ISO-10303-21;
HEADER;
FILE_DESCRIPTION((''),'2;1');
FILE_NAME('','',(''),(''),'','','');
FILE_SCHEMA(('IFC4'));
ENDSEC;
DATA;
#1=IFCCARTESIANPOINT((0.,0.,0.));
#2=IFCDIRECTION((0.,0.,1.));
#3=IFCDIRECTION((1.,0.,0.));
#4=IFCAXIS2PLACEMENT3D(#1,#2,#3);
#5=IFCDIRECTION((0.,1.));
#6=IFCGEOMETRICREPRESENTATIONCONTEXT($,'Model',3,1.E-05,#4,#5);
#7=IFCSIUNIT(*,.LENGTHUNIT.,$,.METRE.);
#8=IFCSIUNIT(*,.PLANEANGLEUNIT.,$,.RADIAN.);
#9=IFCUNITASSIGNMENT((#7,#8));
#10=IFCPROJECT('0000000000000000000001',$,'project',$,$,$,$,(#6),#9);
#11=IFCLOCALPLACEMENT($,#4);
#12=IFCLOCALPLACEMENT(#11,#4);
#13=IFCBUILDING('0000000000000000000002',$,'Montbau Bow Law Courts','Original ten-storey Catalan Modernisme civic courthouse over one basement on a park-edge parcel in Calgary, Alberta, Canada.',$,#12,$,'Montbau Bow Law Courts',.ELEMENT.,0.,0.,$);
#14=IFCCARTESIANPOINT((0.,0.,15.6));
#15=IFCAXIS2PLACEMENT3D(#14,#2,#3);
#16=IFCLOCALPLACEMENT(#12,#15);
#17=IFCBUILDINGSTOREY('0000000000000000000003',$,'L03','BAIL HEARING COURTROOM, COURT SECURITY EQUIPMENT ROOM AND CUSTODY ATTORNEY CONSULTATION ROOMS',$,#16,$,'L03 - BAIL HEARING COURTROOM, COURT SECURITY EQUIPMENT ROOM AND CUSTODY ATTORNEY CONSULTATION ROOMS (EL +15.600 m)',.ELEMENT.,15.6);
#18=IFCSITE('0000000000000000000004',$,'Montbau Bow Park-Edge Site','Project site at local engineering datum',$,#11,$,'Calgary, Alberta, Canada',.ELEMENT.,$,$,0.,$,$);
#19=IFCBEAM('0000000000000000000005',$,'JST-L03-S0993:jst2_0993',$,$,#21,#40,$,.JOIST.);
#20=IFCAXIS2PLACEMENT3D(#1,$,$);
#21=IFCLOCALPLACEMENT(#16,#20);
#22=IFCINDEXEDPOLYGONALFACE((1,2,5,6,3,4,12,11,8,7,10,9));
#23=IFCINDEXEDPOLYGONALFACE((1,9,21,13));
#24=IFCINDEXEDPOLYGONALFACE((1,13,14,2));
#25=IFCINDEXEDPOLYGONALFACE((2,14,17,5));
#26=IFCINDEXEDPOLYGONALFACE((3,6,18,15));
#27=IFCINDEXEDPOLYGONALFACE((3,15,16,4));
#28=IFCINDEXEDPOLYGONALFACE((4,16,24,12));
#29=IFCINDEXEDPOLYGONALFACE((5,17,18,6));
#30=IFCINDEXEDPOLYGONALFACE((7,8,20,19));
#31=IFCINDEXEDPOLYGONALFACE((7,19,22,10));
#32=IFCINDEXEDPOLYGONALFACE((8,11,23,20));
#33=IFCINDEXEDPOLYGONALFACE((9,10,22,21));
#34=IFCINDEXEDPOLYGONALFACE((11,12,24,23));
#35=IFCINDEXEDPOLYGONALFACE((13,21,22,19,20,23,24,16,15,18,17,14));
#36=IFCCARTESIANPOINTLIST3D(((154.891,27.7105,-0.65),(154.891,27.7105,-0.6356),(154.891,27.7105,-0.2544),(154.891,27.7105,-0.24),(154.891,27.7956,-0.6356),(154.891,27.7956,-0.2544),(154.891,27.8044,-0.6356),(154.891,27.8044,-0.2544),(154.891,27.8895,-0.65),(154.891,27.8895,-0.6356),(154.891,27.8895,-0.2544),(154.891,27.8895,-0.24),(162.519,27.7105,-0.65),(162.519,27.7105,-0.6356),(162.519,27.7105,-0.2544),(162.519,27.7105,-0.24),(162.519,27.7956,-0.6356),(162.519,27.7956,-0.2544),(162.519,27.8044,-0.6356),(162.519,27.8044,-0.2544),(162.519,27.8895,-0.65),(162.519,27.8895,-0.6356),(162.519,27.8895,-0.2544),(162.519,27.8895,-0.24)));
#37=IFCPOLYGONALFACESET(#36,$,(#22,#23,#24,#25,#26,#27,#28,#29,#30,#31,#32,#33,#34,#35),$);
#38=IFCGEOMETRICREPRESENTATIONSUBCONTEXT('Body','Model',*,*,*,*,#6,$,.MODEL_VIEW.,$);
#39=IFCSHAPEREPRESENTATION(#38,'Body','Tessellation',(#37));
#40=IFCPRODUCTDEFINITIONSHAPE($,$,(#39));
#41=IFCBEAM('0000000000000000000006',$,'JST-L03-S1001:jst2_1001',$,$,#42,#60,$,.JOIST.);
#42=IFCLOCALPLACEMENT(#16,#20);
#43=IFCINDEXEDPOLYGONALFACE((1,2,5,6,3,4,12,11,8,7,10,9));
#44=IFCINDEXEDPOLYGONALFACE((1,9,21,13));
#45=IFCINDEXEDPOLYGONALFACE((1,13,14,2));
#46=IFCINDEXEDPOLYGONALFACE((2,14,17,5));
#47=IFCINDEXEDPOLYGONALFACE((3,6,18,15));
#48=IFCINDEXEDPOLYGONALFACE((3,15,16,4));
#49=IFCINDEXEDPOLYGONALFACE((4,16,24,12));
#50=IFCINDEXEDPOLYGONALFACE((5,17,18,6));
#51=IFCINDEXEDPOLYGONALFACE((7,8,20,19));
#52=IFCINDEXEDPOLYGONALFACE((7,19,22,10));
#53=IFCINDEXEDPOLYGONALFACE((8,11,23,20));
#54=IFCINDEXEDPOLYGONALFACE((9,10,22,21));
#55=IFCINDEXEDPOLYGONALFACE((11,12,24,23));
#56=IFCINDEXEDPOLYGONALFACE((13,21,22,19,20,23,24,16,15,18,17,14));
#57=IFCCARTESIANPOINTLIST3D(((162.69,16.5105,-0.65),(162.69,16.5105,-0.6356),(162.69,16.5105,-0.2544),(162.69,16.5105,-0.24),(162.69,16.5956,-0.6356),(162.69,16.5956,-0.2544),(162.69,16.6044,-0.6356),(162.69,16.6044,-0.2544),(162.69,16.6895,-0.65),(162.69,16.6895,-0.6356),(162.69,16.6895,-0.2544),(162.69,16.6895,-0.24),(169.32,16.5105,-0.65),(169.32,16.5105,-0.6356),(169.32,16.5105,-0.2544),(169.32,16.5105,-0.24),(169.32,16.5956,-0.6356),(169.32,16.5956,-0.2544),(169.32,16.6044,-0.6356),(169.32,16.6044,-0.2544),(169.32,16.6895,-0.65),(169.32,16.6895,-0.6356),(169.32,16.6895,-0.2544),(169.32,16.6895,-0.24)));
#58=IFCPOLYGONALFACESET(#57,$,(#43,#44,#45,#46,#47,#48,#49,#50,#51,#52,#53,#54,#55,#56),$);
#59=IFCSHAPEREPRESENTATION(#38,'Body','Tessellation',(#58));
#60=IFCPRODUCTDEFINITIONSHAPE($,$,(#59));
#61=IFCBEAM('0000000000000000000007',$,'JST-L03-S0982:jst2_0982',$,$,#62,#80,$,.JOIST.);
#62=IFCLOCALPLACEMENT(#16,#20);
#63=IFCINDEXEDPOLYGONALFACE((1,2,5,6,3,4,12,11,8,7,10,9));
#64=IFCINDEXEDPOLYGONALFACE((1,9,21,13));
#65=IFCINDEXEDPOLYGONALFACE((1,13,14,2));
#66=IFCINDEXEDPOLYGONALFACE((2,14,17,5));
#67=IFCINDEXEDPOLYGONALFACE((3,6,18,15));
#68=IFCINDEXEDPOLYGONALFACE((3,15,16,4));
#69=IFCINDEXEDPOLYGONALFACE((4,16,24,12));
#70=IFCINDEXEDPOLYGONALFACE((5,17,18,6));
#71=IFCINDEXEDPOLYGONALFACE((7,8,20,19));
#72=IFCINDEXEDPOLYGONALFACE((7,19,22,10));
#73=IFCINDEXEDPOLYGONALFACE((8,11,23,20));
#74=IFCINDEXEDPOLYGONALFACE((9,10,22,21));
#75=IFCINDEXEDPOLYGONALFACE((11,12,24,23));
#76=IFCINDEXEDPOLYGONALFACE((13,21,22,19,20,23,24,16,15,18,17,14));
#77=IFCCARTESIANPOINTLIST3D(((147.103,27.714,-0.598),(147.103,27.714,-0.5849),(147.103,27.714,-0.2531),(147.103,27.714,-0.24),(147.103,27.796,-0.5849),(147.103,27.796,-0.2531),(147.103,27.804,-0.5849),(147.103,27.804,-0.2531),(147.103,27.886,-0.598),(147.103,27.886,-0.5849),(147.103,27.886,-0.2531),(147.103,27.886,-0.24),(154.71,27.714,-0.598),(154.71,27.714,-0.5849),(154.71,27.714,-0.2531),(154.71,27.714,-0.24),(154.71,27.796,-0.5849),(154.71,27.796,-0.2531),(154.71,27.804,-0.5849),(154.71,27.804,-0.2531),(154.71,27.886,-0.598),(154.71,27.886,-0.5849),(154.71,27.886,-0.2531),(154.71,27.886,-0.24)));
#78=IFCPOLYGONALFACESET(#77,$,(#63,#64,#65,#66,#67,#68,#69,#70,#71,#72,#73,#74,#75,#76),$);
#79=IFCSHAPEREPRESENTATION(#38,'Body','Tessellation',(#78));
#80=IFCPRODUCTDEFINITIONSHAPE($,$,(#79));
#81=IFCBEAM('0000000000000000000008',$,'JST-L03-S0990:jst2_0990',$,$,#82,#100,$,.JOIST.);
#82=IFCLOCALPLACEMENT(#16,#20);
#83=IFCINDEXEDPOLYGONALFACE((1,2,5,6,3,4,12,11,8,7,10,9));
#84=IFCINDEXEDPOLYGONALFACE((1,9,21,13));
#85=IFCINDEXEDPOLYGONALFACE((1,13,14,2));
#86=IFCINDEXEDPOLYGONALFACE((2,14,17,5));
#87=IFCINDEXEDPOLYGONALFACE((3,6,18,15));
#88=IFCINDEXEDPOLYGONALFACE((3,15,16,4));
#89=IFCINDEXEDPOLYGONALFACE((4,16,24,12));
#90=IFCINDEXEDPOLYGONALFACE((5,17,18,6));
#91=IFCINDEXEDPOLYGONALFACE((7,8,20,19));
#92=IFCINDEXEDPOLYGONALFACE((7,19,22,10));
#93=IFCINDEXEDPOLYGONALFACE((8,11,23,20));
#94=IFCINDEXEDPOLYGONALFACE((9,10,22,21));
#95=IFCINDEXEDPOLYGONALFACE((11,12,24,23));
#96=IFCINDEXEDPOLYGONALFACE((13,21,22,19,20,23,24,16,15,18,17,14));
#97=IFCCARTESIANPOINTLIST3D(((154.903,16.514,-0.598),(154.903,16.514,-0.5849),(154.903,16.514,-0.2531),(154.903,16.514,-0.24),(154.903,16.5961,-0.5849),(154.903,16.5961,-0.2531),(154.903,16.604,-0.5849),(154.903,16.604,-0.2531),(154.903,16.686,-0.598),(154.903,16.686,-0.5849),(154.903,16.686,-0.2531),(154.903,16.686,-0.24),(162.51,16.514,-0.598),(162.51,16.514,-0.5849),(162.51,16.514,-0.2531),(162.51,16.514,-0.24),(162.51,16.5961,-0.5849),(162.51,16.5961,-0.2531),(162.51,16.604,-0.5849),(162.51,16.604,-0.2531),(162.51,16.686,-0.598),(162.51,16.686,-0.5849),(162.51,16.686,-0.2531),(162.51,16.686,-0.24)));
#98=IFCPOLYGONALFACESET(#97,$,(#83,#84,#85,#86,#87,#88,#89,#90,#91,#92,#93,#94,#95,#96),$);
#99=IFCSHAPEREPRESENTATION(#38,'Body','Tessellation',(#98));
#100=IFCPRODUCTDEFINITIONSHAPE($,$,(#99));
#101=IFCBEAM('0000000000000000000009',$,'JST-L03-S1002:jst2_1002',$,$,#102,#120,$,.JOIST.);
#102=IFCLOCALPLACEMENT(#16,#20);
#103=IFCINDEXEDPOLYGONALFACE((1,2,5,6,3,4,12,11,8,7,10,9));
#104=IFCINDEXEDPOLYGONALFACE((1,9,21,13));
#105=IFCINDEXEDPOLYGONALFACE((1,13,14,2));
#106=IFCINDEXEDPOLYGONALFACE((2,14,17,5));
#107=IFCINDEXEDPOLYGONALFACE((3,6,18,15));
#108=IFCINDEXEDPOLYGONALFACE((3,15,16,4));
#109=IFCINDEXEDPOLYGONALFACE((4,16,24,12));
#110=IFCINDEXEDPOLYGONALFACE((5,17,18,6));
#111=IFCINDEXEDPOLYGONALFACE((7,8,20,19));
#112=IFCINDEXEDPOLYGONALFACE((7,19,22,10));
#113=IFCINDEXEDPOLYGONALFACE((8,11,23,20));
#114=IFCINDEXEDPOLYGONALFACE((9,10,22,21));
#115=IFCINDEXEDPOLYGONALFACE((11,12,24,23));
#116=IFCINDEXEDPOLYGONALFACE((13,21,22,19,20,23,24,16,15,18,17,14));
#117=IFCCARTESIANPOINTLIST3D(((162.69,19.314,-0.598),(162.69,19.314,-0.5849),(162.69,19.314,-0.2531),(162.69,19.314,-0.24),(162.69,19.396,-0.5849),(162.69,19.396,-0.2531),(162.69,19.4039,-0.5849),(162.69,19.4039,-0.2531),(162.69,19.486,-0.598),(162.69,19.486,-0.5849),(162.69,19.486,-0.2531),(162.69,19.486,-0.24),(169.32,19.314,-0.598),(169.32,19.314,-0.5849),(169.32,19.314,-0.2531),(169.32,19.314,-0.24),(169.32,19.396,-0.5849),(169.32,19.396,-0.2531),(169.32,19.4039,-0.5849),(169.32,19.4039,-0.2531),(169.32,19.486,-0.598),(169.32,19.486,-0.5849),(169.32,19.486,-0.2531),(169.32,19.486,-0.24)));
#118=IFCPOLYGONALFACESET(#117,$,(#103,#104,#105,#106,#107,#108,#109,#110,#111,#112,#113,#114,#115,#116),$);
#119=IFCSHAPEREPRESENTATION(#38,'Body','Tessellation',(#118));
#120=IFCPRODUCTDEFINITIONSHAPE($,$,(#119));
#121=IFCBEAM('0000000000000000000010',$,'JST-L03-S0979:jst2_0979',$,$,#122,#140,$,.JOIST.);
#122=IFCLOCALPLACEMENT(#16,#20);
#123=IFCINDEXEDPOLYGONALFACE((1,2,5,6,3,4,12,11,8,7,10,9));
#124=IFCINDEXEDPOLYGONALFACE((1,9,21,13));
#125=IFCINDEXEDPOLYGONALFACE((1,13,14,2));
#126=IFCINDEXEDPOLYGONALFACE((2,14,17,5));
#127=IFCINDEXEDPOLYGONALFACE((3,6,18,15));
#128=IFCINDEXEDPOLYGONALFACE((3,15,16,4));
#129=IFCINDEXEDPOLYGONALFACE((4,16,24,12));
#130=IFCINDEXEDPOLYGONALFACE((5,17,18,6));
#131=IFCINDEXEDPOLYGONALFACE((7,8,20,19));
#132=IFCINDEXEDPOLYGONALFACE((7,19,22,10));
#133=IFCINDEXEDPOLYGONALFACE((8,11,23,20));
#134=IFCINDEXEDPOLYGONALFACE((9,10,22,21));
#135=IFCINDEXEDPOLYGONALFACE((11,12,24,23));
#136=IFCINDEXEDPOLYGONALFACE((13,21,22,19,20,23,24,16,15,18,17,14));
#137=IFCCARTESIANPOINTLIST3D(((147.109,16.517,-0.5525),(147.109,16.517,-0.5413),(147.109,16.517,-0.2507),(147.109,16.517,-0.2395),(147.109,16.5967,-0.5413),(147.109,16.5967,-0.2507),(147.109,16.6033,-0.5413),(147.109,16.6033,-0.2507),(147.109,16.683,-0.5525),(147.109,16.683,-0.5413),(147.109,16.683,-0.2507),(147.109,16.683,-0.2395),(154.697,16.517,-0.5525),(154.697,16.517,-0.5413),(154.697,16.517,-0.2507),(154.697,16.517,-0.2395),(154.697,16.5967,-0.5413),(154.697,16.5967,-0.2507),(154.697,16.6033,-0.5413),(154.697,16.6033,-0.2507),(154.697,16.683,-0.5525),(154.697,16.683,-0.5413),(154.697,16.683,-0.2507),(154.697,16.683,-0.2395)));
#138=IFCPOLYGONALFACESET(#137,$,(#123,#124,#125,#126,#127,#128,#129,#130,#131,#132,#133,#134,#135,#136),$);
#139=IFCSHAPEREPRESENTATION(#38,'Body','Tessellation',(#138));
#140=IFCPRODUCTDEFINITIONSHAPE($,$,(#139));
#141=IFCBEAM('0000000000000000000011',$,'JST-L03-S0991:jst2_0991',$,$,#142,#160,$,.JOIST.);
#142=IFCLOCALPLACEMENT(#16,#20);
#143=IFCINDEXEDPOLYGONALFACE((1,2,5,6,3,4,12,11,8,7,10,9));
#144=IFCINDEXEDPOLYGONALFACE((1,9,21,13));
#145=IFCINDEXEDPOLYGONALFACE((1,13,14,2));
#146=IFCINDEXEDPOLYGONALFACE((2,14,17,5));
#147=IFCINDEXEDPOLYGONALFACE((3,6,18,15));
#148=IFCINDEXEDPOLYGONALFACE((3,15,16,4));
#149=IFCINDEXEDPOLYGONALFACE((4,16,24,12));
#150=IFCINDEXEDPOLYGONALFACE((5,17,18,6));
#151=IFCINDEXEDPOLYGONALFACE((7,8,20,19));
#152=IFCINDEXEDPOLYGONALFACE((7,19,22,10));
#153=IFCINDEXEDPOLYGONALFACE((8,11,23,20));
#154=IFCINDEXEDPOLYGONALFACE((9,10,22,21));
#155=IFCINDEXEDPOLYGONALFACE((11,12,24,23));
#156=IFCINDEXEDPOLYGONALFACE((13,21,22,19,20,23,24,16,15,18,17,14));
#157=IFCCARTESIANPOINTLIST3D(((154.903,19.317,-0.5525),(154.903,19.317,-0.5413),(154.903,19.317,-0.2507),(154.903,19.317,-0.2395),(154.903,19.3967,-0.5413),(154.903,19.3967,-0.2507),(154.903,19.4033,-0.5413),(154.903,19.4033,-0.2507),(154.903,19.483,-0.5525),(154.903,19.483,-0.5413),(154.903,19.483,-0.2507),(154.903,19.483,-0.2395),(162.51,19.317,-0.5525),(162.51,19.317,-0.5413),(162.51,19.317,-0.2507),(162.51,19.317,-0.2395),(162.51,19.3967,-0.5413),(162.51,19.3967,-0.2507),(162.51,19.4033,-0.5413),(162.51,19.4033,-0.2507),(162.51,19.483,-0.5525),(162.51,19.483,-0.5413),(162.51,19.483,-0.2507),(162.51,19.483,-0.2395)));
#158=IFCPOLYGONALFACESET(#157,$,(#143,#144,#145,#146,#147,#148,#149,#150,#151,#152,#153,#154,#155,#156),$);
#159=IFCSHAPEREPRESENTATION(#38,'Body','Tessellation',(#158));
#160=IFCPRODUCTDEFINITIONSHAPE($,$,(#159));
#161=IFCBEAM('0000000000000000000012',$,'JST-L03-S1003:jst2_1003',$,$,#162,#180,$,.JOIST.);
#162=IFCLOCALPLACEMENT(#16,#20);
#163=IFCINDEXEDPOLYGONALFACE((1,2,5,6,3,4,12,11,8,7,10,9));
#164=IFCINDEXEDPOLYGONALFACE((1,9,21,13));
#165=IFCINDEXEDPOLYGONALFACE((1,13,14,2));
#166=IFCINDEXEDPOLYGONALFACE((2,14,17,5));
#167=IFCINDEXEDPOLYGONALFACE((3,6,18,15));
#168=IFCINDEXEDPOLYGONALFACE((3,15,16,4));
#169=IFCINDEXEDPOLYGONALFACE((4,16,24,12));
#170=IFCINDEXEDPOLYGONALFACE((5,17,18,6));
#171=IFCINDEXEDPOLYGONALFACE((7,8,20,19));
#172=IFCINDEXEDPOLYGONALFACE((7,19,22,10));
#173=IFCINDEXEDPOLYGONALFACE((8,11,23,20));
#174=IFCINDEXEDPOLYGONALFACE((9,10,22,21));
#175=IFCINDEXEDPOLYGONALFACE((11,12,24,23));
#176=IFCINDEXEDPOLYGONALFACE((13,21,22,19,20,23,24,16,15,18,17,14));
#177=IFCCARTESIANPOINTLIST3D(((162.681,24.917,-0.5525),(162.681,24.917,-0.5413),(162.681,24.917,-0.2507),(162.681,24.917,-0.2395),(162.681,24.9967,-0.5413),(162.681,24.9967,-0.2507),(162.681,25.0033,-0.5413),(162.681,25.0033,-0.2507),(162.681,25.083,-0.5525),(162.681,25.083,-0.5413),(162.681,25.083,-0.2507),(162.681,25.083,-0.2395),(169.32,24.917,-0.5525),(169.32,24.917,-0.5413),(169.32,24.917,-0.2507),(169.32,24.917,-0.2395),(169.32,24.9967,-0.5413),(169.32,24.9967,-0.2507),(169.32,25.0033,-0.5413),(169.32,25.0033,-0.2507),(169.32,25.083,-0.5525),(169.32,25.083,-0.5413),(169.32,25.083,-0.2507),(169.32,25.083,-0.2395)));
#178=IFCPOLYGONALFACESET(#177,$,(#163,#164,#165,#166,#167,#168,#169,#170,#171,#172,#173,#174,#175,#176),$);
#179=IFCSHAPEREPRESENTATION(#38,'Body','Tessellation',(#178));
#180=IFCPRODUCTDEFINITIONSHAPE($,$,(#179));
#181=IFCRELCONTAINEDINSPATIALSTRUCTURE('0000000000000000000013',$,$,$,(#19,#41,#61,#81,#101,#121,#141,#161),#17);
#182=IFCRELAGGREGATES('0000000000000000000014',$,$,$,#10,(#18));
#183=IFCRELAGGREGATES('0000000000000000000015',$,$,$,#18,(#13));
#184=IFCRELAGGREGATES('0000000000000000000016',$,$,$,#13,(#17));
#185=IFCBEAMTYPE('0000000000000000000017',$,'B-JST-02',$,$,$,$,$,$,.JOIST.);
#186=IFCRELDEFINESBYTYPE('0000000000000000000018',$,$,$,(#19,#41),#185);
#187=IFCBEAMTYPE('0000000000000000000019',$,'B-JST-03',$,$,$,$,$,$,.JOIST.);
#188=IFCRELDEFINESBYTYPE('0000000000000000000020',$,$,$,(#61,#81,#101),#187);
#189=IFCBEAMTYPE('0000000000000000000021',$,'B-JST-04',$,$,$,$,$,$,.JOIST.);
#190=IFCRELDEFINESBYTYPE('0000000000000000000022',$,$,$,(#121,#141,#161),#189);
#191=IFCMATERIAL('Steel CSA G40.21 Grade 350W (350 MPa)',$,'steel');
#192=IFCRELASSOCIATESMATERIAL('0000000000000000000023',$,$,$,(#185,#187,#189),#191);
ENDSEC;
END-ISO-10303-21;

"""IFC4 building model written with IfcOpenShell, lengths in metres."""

from ifc_helpers import new_model, si_unit, direction, frame, origin_with_axes, origin_2d_with_axis, place, context, subcontext, project, spatial, i_section, extrude, material, material_profile, profile_set, type_object, element, save


model = new_model("IFC4")

# Units and contexts
model_context = context("Model", 3, precision=1e-05, world=origin_with_axes(), true_north=direction((0.0, 1.0)))
body_context = subcontext(model_context, "Body", "Model", "MODEL_VIEW")
ifc_project = project(units=[si_unit("LENGTHUNIT", "METRE"), si_unit("PLANEANGLEUNIT", "RADIAN")], contexts=[model_context])

# Site, building, storey
site_placement = place(None, origin_with_axes())
site = spatial("IfcSite", under=ifc_project, at=site_placement, Name="Montbau Bow Park-Edge Site", Description="Project site at local engineering datum", LongName="Calgary, Alberta, Canada", CompositionType="ELEMENT", RefElevation=0.0)
building_placement = place(site_placement, origin_with_axes())
building = spatial("IfcBuilding", under=site, at=building_placement, Name="Montbau Bow Law Courts", Description="Original ten-storey Catalan Modernisme civic courthouse over one basement on a park-edge parcel in Calgary, Alberta, Canada.", LongName="Montbau Bow Law Courts", CompositionType="ELEMENT", ElevationOfRefHeight=0.0, ElevationOfTerrain=0.0)
storey_placement = place(building_placement, frame((0.0, 0.0, 15.6), z_axis=(0.0, 0.0, 1.0), x_axis=(1.0, 0.0, 0.0)))
storey = spatial("IfcBuildingStorey", under=building, at=storey_placement, Name="L03", Description="BAIL HEARING COURTROOM, COURT SECURITY EQUIPMENT ROOM AND CUSTODY ATTORNEY CONSULTATION ROOMS", LongName="L03 - BAIL HEARING COURTROOM, COURT SECURITY EQUIPMENT ROOM AND CUSTODY ATTORNEY CONSULTATION ROOMS (EL +15.600 m)", CompositionType="ELEMENT", Elevation=15.6)

# Shared definitions
ifc_material_1 = material(Name="Steel CSA G40.21 Grade 350W (350 MPa)", Category="steel")

# Beams
ifc_material_profile_1 = material_profile(ifc_material_1, i_section(OverallWidth=0.179, OverallDepth=0.41, WebThickness=0.0088, FlangeThickness=0.0144, at=origin_2d_with_axis()), Name="W410X67", Category="Main", Priority=0)
ifc_profile_set_1 = profile_set([ifc_material_profile_1], Name="Steel CSA G40.21 Grade 350W (350 MPa)")
beam_type_1 = type_object("IfcBeamType", Name="B-JST-02", PredefinedType="JOIST", material=ifc_profile_set_1)
beam_1_placement = place(None, frame((154.891, 27.8, 15.155), z_axis=(1.0, 0.0, 0.0), x_axis=(0.0, 1.0, 0.0)))
element("IfcBeam", 1, at=beam_1_placement, inside=storey, type_object=beam_type_1, Name="JST-L03-S0993:jst2_0993", PredefinedType="JOIST", context=body_context, shape_type="SweptSolid", body=[
    extrude(i_section(OverallWidth=0.179, OverallDepth=0.41, WebThickness=0.0088, FlangeThickness=0.0144, at=origin_2d_with_axis()), origin_with_axes(), (0.0, 0.0, 1.0), 7.628),
])
beam_2_placement = place(None, frame((162.69, 16.6, 15.155), z_axis=(1.0, 0.0, 0.0), x_axis=(0.0, 1.0, 0.0)))
element("IfcBeam", 2, at=beam_2_placement, inside=storey, type_object=beam_type_1, Name="JST-L03-S1001:jst2_1001", PredefinedType="JOIST", context=body_context, shape_type="SweptSolid", body=[
    extrude(i_section(OverallWidth=0.179, OverallDepth=0.41, WebThickness=0.0088, FlangeThickness=0.0144, at=origin_2d_with_axis()), origin_with_axes(), (0.0, 0.0, 1.0), 6.63),
])
ifc_material_profile_2 = material_profile(ifc_material_1, i_section(OverallWidth=0.172, OverallDepth=0.358, WebThickness=0.0079, FlangeThickness=0.0131, at=origin_2d_with_axis()), Name="W360X57", Category="Main", Priority=0)
ifc_profile_set_2 = profile_set([ifc_material_profile_2], Name="Steel CSA G40.21 Grade 350W (350 MPa)")
beam_type_2 = type_object("IfcBeamType", Name="B-JST-03", PredefinedType="JOIST", material=ifc_profile_set_2)
for number, where, z_axis, x_axis, name in (
    (3, (147.103, 27.8, 15.181), (1.0, 0.0, 0.0), (0.0, 1.0, 0.0), "JST-L03-S0982:jst2_0982"),
    (4, (154.903, 16.6, 15.181), (1.0, 0.0, 0.0), (0.0, 1.0, 0.0), "JST-L03-S0990:jst2_0990"),
):
    element("IfcBeam", number, at=place(None, frame(where, z_axis=z_axis, x_axis=x_axis)), inside=storey, type_object=beam_type_2, Name=name, PredefinedType="JOIST", context=body_context, shape_type="SweptSolid", body=[
        extrude(i_section(OverallWidth=0.172, OverallDepth=0.358, WebThickness=0.0079, FlangeThickness=0.0131, at=origin_2d_with_axis()), origin_with_axes(), (0.0, 0.0, 1.0), 7.607),
    ])
beam_3_placement = place(None, frame((162.69, 19.4, 15.181), z_axis=(1.0, 0.0, 0.0), x_axis=(0.0, 1.0, 0.0)))
element("IfcBeam", 5, at=beam_3_placement, inside=storey, type_object=beam_type_2, Name="JST-L03-S1002:jst2_1002", PredefinedType="JOIST", context=body_context, shape_type="SweptSolid", body=[
    extrude(i_section(OverallWidth=0.172, OverallDepth=0.358, WebThickness=0.0079, FlangeThickness=0.0131, at=origin_2d_with_axis()), origin_with_axes(), (0.0, 0.0, 1.0), 6.63),
])
ifc_material_profile_3 = material_profile(ifc_material_1, i_section(OverallWidth=0.166, OverallDepth=0.313, WebThickness=0.0066, FlangeThickness=0.0112, at=origin_2d_with_axis()), Name="W310X45", Category="Main", Priority=0)
ifc_profile_set_3 = profile_set([ifc_material_profile_3], Name="Steel CSA G40.21 Grade 350W (350 MPa)")
beam_type_3 = type_object("IfcBeamType", Name="B-JST-04", PredefinedType="JOIST", material=ifc_profile_set_3)
beam_4_placement = place(None, frame((147.109, 16.6, 15.204), z_axis=(1.0, 0.0, 0.0), x_axis=(0.0, 1.0, 0.0)))
element("IfcBeam", 6, at=beam_4_placement, inside=storey, type_object=beam_type_3, Name="JST-L03-S0979:jst2_0979", PredefinedType="JOIST", context=body_context, shape_type="SweptSolid", body=[
    extrude(i_section(OverallWidth=0.166, OverallDepth=0.313, WebThickness=0.0066, FlangeThickness=0.0112, at=origin_2d_with_axis()), origin_with_axes(), (0.0, 0.0, 1.0), 7.588),
])
beam_5_placement = place(None, frame((154.903, 19.4, 15.204), z_axis=(1.0, 0.0, 0.0), x_axis=(0.0, 1.0, 0.0)))
element("IfcBeam", 7, at=beam_5_placement, inside=storey, type_object=beam_type_3, Name="JST-L03-S0991:jst2_0991", PredefinedType="JOIST", context=body_context, shape_type="SweptSolid", body=[
    extrude(i_section(OverallWidth=0.166, OverallDepth=0.313, WebThickness=0.0066, FlangeThickness=0.0112, at=origin_2d_with_axis()), origin_with_axes(), (0.0, 0.0, 1.0), 7.607),
])
beam_6_placement = place(None, frame((162.681, 25.0, 15.204), z_axis=(1.0, 0.0, 0.0), x_axis=(0.0, 1.0, 0.0)))
element("IfcBeam", 8, at=beam_6_placement, inside=storey, type_object=beam_type_3, Name="JST-L03-S1003:jst2_1003", PredefinedType="JOIST", context=body_context, shape_type="SweptSolid", body=[
    extrude(i_section(OverallWidth=0.166, OverallDepth=0.313, WebThickness=0.0066, FlangeThickness=0.0112, at=origin_2d_with_axis()), origin_with_axes(), (0.0, 0.0, 1.0), 6.639),
])

save(model, "model.ifc")
